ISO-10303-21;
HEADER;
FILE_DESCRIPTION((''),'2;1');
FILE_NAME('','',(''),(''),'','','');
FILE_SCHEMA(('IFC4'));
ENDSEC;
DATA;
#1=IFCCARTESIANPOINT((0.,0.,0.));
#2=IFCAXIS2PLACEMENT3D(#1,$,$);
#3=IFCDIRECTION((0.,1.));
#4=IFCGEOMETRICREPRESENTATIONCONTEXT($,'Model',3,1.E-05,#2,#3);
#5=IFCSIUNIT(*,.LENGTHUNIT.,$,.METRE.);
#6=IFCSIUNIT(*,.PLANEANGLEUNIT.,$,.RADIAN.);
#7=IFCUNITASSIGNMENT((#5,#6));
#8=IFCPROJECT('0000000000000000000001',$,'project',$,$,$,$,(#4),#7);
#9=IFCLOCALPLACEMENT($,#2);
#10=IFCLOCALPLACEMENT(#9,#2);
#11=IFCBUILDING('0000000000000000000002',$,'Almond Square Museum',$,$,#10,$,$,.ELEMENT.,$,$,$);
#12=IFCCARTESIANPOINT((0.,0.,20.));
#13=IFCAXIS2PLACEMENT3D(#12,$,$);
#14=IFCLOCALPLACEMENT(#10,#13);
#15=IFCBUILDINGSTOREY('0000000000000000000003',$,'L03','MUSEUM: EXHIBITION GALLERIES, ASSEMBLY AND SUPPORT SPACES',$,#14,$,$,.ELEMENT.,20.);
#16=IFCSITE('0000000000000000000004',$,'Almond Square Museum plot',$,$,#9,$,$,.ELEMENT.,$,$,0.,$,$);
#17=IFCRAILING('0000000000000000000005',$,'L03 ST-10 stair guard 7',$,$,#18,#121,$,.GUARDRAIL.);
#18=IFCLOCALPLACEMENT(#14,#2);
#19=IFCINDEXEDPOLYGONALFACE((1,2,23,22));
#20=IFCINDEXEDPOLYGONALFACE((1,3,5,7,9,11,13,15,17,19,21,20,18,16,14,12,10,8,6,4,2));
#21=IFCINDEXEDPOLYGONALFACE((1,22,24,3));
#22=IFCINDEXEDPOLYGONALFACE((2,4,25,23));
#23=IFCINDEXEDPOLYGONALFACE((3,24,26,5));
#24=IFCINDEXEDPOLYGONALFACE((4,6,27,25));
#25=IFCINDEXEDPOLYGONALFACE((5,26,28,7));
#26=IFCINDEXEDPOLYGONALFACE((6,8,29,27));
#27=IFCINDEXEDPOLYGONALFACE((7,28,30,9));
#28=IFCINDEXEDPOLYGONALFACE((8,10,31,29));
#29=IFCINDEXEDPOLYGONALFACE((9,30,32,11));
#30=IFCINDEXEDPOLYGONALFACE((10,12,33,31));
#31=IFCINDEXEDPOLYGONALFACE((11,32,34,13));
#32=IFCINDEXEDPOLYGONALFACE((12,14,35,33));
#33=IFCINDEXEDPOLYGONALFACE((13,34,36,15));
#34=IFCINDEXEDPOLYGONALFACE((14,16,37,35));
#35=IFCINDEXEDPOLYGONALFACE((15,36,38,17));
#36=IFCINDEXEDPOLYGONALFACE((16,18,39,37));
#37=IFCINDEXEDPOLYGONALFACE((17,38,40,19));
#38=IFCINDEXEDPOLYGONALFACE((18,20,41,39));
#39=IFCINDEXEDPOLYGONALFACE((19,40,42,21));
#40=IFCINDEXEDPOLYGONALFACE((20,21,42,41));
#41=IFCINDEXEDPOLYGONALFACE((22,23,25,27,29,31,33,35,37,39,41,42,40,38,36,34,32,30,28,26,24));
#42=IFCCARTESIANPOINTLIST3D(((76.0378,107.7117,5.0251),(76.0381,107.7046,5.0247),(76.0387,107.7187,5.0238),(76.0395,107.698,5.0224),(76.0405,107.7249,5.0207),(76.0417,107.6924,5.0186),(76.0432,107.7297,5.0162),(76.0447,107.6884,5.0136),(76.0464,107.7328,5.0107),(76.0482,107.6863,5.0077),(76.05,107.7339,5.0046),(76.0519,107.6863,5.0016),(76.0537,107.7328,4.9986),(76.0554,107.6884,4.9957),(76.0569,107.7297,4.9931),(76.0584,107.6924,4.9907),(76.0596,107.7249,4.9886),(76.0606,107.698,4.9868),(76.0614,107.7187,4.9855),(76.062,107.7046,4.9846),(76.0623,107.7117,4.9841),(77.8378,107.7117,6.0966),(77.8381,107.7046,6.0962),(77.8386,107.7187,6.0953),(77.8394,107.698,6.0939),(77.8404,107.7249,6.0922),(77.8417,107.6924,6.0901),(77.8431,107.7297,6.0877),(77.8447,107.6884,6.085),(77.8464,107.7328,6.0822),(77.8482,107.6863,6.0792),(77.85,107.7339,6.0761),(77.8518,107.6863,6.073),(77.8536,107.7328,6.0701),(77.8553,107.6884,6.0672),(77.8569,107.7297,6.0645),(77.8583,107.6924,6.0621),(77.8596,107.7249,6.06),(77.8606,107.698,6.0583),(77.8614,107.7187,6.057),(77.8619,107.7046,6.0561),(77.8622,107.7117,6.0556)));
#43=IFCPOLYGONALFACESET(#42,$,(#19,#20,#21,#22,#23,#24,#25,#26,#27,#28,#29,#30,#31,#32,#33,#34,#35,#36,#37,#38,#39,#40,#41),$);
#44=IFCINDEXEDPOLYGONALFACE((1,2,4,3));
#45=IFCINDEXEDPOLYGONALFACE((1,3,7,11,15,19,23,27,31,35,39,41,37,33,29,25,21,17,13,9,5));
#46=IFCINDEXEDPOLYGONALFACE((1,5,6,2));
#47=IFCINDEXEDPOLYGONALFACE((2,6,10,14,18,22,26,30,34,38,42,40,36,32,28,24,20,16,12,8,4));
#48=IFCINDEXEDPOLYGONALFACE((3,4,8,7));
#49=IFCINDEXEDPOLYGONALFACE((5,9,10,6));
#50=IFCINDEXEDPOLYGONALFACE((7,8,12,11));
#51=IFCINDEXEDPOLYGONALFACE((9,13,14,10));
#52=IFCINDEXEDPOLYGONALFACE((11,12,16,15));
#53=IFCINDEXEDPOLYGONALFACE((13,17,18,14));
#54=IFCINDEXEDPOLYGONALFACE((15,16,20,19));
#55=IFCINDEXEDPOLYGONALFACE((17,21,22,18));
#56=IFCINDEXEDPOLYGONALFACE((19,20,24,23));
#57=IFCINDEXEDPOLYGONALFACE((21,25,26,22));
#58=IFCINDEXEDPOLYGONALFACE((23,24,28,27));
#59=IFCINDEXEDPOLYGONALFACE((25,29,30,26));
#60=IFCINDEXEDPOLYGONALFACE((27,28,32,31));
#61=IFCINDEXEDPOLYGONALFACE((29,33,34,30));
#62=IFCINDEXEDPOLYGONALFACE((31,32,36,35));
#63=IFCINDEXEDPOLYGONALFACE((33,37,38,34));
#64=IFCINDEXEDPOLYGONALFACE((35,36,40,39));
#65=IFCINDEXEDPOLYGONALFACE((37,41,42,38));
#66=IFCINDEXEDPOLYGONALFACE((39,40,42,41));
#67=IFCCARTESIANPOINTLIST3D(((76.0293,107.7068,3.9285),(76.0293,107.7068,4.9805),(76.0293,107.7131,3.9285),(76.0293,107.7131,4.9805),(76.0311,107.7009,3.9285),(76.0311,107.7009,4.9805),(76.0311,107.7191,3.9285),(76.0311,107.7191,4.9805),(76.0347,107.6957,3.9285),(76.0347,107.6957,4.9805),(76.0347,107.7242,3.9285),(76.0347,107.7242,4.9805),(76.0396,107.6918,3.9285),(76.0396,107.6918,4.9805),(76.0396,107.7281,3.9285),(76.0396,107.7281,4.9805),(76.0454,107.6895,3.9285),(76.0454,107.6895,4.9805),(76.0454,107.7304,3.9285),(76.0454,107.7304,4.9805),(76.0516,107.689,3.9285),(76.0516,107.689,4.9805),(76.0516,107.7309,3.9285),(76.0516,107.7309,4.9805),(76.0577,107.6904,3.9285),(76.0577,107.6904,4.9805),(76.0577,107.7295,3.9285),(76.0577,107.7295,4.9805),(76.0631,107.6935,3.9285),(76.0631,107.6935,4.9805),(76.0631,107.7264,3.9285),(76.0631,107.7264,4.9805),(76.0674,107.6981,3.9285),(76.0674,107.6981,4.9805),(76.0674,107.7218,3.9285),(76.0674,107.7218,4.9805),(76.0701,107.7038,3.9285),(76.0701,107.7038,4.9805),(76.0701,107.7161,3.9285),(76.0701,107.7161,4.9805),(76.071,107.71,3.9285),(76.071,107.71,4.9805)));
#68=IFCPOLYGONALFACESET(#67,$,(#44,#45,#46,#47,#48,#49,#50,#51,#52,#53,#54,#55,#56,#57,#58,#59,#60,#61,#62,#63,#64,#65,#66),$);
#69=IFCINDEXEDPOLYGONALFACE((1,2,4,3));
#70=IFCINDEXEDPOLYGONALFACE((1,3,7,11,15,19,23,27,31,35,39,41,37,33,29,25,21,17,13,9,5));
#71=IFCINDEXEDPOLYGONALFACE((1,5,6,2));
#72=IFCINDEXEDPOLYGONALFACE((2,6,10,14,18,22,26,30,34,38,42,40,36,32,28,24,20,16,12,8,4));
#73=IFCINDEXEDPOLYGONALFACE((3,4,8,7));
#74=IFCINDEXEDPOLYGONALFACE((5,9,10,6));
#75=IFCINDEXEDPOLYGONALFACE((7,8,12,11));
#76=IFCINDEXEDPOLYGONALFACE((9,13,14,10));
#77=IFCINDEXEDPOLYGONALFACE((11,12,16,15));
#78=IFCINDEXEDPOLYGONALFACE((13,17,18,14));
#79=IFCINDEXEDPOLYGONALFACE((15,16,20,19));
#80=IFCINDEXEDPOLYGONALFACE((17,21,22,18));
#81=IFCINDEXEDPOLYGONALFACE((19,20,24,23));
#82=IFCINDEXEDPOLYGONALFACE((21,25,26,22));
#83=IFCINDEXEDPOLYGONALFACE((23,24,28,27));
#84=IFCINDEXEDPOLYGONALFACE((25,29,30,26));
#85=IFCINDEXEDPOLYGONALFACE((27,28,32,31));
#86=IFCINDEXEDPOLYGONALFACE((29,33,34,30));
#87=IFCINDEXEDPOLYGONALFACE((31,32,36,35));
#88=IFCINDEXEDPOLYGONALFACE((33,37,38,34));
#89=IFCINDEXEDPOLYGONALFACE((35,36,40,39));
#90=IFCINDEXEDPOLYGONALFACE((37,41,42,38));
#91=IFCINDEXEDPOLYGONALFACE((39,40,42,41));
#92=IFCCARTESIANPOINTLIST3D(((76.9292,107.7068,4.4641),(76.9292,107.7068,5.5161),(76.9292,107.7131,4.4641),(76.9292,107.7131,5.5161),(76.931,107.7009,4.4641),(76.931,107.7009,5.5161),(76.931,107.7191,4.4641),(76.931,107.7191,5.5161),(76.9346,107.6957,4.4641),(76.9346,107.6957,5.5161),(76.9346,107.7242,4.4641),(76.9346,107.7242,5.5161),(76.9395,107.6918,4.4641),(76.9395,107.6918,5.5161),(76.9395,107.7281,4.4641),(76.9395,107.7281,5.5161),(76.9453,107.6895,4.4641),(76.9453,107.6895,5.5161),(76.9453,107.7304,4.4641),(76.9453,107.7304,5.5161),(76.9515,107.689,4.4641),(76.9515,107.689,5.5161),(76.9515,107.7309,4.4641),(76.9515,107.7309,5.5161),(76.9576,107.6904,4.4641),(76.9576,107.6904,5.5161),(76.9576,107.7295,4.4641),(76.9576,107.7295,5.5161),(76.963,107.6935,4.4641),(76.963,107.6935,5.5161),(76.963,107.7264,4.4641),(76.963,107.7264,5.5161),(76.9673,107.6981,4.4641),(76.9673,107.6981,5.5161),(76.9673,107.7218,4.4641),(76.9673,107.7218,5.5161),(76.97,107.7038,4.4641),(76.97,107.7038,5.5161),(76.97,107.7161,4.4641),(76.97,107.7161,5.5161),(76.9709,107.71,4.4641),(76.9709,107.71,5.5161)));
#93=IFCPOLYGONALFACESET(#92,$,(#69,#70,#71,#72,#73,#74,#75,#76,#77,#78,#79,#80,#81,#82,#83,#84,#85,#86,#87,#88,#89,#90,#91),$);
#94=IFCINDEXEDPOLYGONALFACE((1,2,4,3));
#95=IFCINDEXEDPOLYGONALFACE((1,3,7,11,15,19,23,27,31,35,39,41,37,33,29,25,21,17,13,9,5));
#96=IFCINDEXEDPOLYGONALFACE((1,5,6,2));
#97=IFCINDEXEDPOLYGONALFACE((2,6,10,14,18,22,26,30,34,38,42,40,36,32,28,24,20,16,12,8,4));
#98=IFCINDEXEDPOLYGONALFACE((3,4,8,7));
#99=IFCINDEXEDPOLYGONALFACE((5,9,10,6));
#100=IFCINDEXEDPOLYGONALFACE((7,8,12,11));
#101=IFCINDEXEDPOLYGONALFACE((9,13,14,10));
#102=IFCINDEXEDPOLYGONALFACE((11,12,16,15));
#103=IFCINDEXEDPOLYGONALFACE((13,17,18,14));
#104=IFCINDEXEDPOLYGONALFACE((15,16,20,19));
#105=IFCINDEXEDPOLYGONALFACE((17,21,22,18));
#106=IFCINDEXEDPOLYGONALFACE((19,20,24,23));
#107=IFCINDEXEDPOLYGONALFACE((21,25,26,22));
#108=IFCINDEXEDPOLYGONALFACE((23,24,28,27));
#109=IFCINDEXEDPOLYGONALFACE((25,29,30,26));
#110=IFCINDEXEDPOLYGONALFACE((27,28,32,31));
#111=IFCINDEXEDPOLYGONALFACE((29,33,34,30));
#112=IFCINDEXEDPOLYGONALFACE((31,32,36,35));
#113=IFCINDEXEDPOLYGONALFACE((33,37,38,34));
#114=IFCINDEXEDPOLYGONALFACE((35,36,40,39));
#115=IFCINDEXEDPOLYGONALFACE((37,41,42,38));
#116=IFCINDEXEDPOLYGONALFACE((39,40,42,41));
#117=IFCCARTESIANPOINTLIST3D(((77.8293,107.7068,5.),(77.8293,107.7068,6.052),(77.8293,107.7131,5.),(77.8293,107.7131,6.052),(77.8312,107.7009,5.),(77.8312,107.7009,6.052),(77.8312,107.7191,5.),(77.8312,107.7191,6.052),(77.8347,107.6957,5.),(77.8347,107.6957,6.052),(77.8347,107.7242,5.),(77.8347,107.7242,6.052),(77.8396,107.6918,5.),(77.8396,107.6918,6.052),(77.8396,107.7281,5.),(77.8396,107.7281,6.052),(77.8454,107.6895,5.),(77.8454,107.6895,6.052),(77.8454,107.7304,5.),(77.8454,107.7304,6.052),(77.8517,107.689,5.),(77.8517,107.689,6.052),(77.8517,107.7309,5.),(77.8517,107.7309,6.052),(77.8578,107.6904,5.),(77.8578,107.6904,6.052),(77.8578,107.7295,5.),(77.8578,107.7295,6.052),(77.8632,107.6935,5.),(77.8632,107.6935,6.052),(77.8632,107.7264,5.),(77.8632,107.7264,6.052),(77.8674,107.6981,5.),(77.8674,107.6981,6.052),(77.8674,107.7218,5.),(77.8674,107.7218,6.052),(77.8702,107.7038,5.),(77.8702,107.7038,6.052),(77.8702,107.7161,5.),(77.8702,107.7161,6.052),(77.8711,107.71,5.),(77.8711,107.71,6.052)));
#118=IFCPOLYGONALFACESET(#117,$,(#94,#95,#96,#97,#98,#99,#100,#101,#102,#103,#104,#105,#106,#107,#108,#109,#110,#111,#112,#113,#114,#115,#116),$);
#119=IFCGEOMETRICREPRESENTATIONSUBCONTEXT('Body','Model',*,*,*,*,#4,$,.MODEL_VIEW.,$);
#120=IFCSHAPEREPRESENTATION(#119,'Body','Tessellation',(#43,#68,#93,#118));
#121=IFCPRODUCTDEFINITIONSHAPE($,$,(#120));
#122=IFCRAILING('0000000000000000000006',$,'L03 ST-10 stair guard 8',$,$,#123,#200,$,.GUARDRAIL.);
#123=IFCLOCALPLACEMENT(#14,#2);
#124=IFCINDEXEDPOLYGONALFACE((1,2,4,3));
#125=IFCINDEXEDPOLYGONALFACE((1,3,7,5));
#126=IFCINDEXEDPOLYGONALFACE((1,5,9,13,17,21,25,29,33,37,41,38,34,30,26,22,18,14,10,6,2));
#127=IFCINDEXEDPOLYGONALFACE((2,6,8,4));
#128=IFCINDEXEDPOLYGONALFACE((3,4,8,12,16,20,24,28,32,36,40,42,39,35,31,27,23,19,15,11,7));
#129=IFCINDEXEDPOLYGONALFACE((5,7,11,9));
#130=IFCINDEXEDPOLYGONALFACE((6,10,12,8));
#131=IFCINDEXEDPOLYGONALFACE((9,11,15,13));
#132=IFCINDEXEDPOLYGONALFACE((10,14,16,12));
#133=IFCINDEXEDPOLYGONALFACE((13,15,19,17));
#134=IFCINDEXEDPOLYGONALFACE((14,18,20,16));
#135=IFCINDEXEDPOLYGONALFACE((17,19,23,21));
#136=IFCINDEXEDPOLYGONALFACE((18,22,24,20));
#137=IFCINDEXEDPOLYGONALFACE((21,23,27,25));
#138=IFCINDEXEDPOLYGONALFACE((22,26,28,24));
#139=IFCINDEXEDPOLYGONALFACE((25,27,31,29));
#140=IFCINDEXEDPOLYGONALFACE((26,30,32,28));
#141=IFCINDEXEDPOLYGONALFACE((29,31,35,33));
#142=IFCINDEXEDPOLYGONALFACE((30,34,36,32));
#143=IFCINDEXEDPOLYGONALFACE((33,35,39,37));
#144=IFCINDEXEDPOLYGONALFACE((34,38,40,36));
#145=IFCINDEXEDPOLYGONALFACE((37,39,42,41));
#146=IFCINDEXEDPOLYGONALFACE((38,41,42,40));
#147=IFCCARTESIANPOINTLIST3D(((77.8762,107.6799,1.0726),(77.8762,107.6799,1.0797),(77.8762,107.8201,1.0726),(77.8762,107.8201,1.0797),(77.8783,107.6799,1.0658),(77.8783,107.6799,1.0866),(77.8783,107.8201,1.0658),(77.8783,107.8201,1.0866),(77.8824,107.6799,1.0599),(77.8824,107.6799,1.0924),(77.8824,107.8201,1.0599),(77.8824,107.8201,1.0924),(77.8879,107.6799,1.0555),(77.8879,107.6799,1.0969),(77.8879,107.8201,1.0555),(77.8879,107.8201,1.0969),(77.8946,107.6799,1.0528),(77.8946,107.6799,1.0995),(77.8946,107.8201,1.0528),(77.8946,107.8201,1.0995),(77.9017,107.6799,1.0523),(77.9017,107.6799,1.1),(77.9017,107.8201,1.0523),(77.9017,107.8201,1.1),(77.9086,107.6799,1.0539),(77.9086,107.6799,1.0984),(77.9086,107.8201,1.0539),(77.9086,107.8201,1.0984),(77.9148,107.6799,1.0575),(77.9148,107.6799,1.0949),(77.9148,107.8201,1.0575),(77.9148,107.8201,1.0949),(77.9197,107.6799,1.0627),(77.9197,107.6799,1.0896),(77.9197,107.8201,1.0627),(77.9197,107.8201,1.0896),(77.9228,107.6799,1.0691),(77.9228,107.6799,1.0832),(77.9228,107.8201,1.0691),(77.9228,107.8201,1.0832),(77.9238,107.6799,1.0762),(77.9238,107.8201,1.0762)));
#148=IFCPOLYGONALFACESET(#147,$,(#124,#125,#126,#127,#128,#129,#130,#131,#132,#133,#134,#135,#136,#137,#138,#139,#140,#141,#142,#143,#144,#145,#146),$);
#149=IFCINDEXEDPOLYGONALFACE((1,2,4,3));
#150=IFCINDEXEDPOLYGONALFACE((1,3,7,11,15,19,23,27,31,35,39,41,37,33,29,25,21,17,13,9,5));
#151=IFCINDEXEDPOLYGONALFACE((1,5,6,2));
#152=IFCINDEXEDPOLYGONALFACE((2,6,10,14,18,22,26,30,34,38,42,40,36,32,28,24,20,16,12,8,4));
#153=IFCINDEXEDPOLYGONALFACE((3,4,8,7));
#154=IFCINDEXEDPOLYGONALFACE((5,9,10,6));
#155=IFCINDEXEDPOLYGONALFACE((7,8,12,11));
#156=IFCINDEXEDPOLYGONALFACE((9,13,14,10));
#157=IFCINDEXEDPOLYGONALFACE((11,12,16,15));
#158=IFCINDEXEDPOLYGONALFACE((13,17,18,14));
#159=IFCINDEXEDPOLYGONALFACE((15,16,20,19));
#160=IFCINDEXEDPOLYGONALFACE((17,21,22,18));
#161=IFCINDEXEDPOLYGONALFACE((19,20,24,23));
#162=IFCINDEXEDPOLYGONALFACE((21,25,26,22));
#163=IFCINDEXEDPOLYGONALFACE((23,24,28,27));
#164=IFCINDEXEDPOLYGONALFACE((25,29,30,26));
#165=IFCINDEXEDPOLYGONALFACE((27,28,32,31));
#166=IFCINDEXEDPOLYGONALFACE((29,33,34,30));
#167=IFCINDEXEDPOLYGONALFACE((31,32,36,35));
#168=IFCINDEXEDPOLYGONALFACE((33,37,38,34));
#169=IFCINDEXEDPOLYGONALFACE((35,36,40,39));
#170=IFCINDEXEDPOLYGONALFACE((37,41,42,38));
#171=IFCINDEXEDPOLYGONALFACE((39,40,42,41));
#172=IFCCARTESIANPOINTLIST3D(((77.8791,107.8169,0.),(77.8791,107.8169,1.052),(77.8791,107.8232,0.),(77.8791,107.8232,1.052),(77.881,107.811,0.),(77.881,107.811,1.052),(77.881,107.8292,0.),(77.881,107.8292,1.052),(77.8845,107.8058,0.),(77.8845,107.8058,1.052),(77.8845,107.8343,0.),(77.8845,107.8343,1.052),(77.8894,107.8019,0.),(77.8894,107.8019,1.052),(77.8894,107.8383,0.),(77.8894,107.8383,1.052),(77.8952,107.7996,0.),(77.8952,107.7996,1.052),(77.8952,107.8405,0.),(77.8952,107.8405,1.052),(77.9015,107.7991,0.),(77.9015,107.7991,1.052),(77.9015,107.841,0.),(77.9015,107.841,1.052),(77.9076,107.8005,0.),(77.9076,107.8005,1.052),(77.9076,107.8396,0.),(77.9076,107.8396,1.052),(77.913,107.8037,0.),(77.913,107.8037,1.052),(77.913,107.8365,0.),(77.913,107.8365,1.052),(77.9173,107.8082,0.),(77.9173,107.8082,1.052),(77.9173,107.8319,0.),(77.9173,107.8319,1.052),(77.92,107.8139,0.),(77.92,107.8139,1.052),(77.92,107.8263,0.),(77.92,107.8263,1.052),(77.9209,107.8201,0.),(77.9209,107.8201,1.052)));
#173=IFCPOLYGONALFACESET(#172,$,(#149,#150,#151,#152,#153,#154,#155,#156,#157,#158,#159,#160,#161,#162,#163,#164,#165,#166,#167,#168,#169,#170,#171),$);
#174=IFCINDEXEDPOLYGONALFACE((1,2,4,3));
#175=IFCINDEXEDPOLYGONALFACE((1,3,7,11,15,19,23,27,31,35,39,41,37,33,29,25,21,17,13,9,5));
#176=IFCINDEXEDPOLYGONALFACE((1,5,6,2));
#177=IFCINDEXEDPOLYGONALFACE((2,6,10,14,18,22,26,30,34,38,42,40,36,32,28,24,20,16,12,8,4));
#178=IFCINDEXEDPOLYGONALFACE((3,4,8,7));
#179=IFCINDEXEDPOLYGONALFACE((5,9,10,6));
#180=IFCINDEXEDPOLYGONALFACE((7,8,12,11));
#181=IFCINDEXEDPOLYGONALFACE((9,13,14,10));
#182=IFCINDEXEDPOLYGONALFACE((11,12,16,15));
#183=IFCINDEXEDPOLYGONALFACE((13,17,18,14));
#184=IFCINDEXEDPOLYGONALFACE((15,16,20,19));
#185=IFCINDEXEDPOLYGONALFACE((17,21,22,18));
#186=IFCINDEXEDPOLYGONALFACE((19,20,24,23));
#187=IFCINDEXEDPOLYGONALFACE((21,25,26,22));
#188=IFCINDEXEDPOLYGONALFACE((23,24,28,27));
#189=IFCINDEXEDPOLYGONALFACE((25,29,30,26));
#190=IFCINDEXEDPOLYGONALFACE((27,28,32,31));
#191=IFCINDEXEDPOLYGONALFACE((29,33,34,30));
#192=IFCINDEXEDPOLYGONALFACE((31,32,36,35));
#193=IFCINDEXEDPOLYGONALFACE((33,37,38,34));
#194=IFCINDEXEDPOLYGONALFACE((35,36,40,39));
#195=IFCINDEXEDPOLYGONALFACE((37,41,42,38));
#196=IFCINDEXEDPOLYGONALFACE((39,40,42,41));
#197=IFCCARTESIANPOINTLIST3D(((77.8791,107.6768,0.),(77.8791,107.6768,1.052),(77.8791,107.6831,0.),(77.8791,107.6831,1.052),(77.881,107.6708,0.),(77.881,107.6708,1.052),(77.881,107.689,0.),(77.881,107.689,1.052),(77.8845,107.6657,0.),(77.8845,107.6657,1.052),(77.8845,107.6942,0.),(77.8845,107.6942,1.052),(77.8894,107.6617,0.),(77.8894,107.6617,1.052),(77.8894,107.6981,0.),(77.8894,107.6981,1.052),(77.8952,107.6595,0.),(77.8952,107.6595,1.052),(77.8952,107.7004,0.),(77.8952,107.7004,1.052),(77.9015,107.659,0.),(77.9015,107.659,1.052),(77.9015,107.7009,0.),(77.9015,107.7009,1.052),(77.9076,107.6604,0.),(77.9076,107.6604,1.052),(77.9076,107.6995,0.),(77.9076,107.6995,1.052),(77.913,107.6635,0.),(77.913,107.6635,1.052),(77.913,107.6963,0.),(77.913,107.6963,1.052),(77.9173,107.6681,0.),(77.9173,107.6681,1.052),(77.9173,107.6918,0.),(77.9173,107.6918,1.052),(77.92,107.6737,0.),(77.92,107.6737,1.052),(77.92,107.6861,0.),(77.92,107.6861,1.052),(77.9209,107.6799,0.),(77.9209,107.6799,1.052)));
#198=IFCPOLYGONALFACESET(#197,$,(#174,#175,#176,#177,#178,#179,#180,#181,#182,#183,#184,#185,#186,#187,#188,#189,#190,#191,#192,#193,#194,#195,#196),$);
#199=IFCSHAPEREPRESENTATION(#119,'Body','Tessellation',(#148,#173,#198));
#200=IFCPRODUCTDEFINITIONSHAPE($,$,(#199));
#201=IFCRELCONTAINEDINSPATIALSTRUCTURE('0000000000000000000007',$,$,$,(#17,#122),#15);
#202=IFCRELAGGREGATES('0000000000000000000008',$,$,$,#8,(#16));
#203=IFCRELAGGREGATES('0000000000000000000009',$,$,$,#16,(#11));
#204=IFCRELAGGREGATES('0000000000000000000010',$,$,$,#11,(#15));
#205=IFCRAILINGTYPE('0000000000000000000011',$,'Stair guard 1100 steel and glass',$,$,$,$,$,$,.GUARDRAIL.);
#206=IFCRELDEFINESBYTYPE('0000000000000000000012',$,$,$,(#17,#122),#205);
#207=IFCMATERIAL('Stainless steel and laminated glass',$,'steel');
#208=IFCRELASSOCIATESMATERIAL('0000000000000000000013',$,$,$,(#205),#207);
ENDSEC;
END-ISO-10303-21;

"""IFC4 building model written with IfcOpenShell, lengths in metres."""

from ifc_helpers import new_model, si_unit, direction, frame, origin, origin_2d, place, context, subcontext, project, spatial, circle, extrude, material, type_object, element, save


model = new_model("IFC4")

# Units and contexts
model_context = context("Model", 3, precision=1e-05, world=origin(), true_north=direction((0.0, 1.0)))
body_context = subcontext(model_context, "Body", "Model", "MODEL_VIEW")
ifc_project = project(units=[si_unit("LENGTHUNIT", "METRE"), si_unit("PLANEANGLEUNIT", "RADIAN")], contexts=[model_context])

# Site, building, storey
site_placement = place(None, origin())
site = spatial("IfcSite", under=ifc_project, at=site_placement, Name="Almond Square Museum plot", CompositionType="ELEMENT", RefElevation=0.0)
building_placement = place(site_placement, origin())
building = spatial("IfcBuilding", under=site, at=building_placement, Name="Almond Square Museum", CompositionType="ELEMENT")
storey_placement = place(building_placement, frame((0.0, 0.0, 20.0)))
storey = spatial("IfcBuildingStorey", under=building, at=storey_placement, Name="L03", Description="MUSEUM: EXHIBITION GALLERIES, ASSEMBLY AND SUPPORT SPACES", CompositionType="ELEMENT", Elevation=20.0)

# Railings
ifc_material_1 = material(Name="Stainless steel and laminated glass", Category="steel")
railing_type_1 = type_object("IfcRailingType", Name="Stair guard 1100 steel and glass", PredefinedType="GUARDRAIL", material=ifc_material_1)
railing_1_placement = place(storey_placement, frame((76.05, 107.71, 3.9285)))
element("IfcRailing", 1, at=railing_1_placement, inside=storey, type_object=railing_type_1, Name="L03 ST-10 stair guard 7", PredefinedType="GUARDRAIL", context=body_context, shape_type="SweptSolid", body=[
    extrude(circle(Radius=0.0239, at=origin_2d()), frame((0.0, 0.0, 1.0762), z_axis=(0.859277, 0.0, 0.51151), x_axis=(0.0, 1.0, 0.0)), (0.0, 0.0, 1.0), 2.0947),
    extrude(circle(Radius=0.021, at=origin_2d()), origin(), (0.0, 0.0, 1.0), 1.052),
    extrude(circle(Radius=0.021, at=origin_2d()), frame((0.8999, 0.0, 0.5356)), (0.0, 0.0, 1.0), 1.052),
    extrude(circle(Radius=0.021, at=origin_2d()), frame((1.8, 0.0, 1.0715)), (0.0, 0.0, 1.0), 1.052),
])
railing_2_placement = place(storey_placement, frame((77.8999, 107.8201, 0.0)))
element("IfcRailing", 2, at=railing_2_placement, inside=storey, type_object=railing_type_1, Name="L03 ST-10 stair guard 8", PredefinedType="GUARDRAIL", context=body_context, shape_type="SweptSolid", body=[
    extrude(circle(Radius=0.0239, at=origin_2d()), frame((0.0, 0.0, 1.0762), z_axis=(0.0, -1.0, 0.0), x_axis=(1.0, 0.0, 0.0)), (0.0, 0.0, 1.0), 0.1401),
    extrude(circle(Radius=0.021, at=origin_2d()), origin(), (0.0, 0.0, 1.0), 1.052),
    extrude(circle(Radius=0.021, at=origin_2d()), frame((0.0, -0.1401, 0.0)), (0.0, 0.0, 1.0), 1.052),
])

save(model, "model.ifc")
